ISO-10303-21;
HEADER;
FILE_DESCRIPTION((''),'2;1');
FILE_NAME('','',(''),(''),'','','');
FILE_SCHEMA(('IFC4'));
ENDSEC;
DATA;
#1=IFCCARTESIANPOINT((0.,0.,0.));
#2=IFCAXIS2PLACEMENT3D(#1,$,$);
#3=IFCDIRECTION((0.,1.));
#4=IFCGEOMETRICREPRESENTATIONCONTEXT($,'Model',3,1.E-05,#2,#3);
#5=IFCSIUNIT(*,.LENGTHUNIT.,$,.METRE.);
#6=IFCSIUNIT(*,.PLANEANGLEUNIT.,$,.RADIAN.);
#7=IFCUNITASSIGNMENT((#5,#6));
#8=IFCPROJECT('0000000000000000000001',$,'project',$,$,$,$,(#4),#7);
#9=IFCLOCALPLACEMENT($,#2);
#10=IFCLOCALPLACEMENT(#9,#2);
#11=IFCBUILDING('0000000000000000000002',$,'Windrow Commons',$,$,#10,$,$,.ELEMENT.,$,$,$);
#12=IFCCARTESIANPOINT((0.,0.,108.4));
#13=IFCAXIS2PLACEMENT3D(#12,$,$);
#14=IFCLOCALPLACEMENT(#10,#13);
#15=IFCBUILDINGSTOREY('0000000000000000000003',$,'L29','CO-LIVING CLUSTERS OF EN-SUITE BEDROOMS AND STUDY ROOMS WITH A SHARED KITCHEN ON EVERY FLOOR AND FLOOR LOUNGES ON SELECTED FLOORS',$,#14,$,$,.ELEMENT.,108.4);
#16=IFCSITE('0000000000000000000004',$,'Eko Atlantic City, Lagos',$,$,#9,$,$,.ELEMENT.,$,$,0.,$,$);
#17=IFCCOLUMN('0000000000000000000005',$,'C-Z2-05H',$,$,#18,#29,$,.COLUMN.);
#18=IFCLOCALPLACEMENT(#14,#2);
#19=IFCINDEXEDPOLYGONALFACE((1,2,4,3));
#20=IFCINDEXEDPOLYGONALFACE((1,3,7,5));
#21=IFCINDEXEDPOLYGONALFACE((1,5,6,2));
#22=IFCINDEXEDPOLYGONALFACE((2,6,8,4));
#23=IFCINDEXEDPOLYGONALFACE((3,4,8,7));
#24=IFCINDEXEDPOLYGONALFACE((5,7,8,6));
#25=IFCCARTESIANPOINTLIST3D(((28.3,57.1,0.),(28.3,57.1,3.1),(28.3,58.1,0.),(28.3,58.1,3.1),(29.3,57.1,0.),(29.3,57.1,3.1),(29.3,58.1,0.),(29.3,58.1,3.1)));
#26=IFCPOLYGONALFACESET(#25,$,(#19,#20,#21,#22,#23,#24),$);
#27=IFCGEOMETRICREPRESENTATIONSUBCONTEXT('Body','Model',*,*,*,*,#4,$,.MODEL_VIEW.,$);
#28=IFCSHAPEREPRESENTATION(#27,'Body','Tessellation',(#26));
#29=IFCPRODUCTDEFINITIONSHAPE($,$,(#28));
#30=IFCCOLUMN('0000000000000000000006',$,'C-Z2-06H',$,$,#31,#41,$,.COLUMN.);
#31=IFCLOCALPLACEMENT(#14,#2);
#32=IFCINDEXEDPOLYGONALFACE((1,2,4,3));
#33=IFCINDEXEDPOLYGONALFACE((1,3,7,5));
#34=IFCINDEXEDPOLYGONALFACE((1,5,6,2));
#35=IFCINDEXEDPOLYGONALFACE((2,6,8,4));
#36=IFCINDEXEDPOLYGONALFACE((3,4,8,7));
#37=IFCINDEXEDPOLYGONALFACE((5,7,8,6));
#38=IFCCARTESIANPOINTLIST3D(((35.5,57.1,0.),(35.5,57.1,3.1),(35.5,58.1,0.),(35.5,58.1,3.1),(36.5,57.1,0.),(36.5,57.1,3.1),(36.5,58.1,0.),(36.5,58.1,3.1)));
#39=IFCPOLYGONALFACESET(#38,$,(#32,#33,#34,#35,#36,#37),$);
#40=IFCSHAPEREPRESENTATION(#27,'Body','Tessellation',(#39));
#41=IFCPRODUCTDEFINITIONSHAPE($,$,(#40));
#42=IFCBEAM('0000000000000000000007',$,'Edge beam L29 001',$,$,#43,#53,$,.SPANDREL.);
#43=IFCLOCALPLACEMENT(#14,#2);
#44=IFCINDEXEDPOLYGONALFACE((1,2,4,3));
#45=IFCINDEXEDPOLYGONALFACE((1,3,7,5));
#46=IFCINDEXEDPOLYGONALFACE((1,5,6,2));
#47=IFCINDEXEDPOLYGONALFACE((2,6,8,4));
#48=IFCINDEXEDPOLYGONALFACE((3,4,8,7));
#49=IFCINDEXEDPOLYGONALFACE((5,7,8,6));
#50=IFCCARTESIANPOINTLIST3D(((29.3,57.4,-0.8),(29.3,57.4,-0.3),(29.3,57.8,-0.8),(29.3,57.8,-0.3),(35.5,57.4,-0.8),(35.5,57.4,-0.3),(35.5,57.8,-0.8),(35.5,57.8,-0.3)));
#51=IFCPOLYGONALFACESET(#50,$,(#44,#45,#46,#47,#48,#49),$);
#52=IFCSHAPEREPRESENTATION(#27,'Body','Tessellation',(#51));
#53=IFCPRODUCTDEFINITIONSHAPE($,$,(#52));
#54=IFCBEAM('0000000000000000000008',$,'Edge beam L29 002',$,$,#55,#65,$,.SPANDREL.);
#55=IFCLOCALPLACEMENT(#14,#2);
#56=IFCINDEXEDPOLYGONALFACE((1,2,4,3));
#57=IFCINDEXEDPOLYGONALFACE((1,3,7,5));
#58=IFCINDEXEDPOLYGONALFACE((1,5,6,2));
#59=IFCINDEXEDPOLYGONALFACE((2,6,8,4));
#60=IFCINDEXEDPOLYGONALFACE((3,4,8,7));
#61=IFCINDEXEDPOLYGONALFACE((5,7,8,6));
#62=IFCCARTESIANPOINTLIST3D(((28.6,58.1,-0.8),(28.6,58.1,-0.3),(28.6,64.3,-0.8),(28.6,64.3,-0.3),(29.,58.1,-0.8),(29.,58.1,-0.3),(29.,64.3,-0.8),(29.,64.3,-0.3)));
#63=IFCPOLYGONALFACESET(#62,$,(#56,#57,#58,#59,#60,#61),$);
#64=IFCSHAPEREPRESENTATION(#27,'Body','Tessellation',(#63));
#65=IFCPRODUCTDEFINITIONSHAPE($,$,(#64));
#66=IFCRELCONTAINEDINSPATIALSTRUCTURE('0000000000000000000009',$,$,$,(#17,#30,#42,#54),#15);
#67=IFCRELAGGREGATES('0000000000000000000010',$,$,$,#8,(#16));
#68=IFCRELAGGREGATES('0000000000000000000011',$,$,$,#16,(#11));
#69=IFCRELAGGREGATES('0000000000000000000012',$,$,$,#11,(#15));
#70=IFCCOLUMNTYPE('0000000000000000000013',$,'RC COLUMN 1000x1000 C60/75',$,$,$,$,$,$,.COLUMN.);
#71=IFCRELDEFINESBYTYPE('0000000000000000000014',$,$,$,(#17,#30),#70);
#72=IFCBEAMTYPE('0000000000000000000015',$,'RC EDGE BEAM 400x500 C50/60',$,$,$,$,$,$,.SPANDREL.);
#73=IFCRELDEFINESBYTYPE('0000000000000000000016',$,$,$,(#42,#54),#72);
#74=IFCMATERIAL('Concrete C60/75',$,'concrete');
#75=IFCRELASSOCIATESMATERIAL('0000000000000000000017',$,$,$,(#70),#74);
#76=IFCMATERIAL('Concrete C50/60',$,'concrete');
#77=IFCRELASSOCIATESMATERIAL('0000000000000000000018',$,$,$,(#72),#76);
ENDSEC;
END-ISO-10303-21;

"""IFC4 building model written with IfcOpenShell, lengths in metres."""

from ifc_helpers import new_model, si_unit, direction, frame, origin, origin_2d, place, context, subcontext, project, spatial, rectangle, extrude, material, material_profile, profile_set, type_object, element, save


model = new_model("IFC4")

# Units and contexts
model_context = context("Model", 3, precision=1e-05, world=origin(), true_north=direction((0.0, 1.0)))
body_context = subcontext(model_context, "Body", "Model", "MODEL_VIEW")
ifc_project = project(units=[si_unit("LENGTHUNIT", "METRE"), si_unit("PLANEANGLEUNIT", "RADIAN")], contexts=[model_context])

# Site, building, storey
site_placement = place(None, origin())
site = spatial("IfcSite", under=ifc_project, at=site_placement, Name="Eko Atlantic City, Lagos", CompositionType="ELEMENT", RefElevation=0.0)
building_placement = place(site_placement, origin())
building = spatial("IfcBuilding", under=site, at=building_placement, Name="Windrow Commons", CompositionType="ELEMENT")
storey_placement = place(building_placement, frame((0.0, 0.0, 108.4)))
storey = spatial("IfcBuildingStorey", under=building, at=storey_placement, Name="L29", Description="CO-LIVING CLUSTERS OF EN-SUITE BEDROOMS AND STUDY ROOMS WITH A SHARED KITCHEN ON EVERY FLOOR AND FLOOR LOUNGES ON SELECTED FLOORS", CompositionType="ELEMENT", Elevation=108.4)

# Columns
ifc_material_1 = material(Name="Concrete C60/75", Category="concrete")
ifc_material_profile_1 = material_profile(ifc_material_1, rectangle(XDim=1.0, YDim=1.0, at=origin_2d()))
ifc_profile_set_1 = profile_set([ifc_material_profile_1], Name="Concrete C60/75")
column_type = type_object("IfcColumnType", Name="RC COLUMN 1000x1000 C60/75", PredefinedType="COLUMN", material=ifc_profile_set_1)
for number, where, z_axis, x_axis, name in (
    (1, (28.8, 57.6, 0.0), (0.0, 0.0, 1.0), (1.0, 0.0, 0.0), "C-Z2-05H"),
    (2, (36.0, 57.6, 0.0), (0.0, 0.0, 1.0), (1.0, 0.0, 0.0), "C-Z2-06H"),
):
    element("IfcColumn", number, at=place(storey_placement, frame(where, z_axis=z_axis, x_axis=x_axis)), inside=storey, type_object=column_type, Name=name, PredefinedType="COLUMN", context=body_context, shape_type="SweptSolid", body=[
        extrude(rectangle(XDim=1.0, YDim=1.0, at=origin_2d()), origin(), (0.0, 0.0, 1.0), 3.1),
    ])

# Beams
ifc_material_2 = material(Name="Concrete C50/60", Category="concrete")
ifc_material_profile_2 = material_profile(ifc_material_2, rectangle(XDim=0.4, YDim=0.5, at=origin_2d()))
ifc_profile_set_2 = profile_set([ifc_material_profile_2], Name="Concrete C50/60")
beam_type = type_object("IfcBeamType", Name="RC EDGE BEAM 400x500 C50/60", PredefinedType="SPANDREL", material=ifc_profile_set_2)
for number, where, z_axis, x_axis, name in (
    (3, (35.5, 57.6, -0.55), (-1.0, 0.0, 0.0), (0.0, -1.0, 0.0), "Edge beam L29 001"),
    (4, (28.8, 58.1, -0.55), (0.0, 1.0, 0.0), (-1.0, 0.0, 0.0), "Edge beam L29 002"),
):
    element("IfcBeam", number, at=place(storey_placement, frame(where, z_axis=z_axis, x_axis=x_axis)), inside=storey, type_object=beam_type, Name=name, PredefinedType="SPANDREL", context=body_context, shape_type="SweptSolid", body=[
        extrude(rectangle(XDim=0.4, YDim=0.5, at=origin_2d()), origin(), (0.0, 0.0, 1.0), 6.2),
    ])

save(model, "model.ifc")
